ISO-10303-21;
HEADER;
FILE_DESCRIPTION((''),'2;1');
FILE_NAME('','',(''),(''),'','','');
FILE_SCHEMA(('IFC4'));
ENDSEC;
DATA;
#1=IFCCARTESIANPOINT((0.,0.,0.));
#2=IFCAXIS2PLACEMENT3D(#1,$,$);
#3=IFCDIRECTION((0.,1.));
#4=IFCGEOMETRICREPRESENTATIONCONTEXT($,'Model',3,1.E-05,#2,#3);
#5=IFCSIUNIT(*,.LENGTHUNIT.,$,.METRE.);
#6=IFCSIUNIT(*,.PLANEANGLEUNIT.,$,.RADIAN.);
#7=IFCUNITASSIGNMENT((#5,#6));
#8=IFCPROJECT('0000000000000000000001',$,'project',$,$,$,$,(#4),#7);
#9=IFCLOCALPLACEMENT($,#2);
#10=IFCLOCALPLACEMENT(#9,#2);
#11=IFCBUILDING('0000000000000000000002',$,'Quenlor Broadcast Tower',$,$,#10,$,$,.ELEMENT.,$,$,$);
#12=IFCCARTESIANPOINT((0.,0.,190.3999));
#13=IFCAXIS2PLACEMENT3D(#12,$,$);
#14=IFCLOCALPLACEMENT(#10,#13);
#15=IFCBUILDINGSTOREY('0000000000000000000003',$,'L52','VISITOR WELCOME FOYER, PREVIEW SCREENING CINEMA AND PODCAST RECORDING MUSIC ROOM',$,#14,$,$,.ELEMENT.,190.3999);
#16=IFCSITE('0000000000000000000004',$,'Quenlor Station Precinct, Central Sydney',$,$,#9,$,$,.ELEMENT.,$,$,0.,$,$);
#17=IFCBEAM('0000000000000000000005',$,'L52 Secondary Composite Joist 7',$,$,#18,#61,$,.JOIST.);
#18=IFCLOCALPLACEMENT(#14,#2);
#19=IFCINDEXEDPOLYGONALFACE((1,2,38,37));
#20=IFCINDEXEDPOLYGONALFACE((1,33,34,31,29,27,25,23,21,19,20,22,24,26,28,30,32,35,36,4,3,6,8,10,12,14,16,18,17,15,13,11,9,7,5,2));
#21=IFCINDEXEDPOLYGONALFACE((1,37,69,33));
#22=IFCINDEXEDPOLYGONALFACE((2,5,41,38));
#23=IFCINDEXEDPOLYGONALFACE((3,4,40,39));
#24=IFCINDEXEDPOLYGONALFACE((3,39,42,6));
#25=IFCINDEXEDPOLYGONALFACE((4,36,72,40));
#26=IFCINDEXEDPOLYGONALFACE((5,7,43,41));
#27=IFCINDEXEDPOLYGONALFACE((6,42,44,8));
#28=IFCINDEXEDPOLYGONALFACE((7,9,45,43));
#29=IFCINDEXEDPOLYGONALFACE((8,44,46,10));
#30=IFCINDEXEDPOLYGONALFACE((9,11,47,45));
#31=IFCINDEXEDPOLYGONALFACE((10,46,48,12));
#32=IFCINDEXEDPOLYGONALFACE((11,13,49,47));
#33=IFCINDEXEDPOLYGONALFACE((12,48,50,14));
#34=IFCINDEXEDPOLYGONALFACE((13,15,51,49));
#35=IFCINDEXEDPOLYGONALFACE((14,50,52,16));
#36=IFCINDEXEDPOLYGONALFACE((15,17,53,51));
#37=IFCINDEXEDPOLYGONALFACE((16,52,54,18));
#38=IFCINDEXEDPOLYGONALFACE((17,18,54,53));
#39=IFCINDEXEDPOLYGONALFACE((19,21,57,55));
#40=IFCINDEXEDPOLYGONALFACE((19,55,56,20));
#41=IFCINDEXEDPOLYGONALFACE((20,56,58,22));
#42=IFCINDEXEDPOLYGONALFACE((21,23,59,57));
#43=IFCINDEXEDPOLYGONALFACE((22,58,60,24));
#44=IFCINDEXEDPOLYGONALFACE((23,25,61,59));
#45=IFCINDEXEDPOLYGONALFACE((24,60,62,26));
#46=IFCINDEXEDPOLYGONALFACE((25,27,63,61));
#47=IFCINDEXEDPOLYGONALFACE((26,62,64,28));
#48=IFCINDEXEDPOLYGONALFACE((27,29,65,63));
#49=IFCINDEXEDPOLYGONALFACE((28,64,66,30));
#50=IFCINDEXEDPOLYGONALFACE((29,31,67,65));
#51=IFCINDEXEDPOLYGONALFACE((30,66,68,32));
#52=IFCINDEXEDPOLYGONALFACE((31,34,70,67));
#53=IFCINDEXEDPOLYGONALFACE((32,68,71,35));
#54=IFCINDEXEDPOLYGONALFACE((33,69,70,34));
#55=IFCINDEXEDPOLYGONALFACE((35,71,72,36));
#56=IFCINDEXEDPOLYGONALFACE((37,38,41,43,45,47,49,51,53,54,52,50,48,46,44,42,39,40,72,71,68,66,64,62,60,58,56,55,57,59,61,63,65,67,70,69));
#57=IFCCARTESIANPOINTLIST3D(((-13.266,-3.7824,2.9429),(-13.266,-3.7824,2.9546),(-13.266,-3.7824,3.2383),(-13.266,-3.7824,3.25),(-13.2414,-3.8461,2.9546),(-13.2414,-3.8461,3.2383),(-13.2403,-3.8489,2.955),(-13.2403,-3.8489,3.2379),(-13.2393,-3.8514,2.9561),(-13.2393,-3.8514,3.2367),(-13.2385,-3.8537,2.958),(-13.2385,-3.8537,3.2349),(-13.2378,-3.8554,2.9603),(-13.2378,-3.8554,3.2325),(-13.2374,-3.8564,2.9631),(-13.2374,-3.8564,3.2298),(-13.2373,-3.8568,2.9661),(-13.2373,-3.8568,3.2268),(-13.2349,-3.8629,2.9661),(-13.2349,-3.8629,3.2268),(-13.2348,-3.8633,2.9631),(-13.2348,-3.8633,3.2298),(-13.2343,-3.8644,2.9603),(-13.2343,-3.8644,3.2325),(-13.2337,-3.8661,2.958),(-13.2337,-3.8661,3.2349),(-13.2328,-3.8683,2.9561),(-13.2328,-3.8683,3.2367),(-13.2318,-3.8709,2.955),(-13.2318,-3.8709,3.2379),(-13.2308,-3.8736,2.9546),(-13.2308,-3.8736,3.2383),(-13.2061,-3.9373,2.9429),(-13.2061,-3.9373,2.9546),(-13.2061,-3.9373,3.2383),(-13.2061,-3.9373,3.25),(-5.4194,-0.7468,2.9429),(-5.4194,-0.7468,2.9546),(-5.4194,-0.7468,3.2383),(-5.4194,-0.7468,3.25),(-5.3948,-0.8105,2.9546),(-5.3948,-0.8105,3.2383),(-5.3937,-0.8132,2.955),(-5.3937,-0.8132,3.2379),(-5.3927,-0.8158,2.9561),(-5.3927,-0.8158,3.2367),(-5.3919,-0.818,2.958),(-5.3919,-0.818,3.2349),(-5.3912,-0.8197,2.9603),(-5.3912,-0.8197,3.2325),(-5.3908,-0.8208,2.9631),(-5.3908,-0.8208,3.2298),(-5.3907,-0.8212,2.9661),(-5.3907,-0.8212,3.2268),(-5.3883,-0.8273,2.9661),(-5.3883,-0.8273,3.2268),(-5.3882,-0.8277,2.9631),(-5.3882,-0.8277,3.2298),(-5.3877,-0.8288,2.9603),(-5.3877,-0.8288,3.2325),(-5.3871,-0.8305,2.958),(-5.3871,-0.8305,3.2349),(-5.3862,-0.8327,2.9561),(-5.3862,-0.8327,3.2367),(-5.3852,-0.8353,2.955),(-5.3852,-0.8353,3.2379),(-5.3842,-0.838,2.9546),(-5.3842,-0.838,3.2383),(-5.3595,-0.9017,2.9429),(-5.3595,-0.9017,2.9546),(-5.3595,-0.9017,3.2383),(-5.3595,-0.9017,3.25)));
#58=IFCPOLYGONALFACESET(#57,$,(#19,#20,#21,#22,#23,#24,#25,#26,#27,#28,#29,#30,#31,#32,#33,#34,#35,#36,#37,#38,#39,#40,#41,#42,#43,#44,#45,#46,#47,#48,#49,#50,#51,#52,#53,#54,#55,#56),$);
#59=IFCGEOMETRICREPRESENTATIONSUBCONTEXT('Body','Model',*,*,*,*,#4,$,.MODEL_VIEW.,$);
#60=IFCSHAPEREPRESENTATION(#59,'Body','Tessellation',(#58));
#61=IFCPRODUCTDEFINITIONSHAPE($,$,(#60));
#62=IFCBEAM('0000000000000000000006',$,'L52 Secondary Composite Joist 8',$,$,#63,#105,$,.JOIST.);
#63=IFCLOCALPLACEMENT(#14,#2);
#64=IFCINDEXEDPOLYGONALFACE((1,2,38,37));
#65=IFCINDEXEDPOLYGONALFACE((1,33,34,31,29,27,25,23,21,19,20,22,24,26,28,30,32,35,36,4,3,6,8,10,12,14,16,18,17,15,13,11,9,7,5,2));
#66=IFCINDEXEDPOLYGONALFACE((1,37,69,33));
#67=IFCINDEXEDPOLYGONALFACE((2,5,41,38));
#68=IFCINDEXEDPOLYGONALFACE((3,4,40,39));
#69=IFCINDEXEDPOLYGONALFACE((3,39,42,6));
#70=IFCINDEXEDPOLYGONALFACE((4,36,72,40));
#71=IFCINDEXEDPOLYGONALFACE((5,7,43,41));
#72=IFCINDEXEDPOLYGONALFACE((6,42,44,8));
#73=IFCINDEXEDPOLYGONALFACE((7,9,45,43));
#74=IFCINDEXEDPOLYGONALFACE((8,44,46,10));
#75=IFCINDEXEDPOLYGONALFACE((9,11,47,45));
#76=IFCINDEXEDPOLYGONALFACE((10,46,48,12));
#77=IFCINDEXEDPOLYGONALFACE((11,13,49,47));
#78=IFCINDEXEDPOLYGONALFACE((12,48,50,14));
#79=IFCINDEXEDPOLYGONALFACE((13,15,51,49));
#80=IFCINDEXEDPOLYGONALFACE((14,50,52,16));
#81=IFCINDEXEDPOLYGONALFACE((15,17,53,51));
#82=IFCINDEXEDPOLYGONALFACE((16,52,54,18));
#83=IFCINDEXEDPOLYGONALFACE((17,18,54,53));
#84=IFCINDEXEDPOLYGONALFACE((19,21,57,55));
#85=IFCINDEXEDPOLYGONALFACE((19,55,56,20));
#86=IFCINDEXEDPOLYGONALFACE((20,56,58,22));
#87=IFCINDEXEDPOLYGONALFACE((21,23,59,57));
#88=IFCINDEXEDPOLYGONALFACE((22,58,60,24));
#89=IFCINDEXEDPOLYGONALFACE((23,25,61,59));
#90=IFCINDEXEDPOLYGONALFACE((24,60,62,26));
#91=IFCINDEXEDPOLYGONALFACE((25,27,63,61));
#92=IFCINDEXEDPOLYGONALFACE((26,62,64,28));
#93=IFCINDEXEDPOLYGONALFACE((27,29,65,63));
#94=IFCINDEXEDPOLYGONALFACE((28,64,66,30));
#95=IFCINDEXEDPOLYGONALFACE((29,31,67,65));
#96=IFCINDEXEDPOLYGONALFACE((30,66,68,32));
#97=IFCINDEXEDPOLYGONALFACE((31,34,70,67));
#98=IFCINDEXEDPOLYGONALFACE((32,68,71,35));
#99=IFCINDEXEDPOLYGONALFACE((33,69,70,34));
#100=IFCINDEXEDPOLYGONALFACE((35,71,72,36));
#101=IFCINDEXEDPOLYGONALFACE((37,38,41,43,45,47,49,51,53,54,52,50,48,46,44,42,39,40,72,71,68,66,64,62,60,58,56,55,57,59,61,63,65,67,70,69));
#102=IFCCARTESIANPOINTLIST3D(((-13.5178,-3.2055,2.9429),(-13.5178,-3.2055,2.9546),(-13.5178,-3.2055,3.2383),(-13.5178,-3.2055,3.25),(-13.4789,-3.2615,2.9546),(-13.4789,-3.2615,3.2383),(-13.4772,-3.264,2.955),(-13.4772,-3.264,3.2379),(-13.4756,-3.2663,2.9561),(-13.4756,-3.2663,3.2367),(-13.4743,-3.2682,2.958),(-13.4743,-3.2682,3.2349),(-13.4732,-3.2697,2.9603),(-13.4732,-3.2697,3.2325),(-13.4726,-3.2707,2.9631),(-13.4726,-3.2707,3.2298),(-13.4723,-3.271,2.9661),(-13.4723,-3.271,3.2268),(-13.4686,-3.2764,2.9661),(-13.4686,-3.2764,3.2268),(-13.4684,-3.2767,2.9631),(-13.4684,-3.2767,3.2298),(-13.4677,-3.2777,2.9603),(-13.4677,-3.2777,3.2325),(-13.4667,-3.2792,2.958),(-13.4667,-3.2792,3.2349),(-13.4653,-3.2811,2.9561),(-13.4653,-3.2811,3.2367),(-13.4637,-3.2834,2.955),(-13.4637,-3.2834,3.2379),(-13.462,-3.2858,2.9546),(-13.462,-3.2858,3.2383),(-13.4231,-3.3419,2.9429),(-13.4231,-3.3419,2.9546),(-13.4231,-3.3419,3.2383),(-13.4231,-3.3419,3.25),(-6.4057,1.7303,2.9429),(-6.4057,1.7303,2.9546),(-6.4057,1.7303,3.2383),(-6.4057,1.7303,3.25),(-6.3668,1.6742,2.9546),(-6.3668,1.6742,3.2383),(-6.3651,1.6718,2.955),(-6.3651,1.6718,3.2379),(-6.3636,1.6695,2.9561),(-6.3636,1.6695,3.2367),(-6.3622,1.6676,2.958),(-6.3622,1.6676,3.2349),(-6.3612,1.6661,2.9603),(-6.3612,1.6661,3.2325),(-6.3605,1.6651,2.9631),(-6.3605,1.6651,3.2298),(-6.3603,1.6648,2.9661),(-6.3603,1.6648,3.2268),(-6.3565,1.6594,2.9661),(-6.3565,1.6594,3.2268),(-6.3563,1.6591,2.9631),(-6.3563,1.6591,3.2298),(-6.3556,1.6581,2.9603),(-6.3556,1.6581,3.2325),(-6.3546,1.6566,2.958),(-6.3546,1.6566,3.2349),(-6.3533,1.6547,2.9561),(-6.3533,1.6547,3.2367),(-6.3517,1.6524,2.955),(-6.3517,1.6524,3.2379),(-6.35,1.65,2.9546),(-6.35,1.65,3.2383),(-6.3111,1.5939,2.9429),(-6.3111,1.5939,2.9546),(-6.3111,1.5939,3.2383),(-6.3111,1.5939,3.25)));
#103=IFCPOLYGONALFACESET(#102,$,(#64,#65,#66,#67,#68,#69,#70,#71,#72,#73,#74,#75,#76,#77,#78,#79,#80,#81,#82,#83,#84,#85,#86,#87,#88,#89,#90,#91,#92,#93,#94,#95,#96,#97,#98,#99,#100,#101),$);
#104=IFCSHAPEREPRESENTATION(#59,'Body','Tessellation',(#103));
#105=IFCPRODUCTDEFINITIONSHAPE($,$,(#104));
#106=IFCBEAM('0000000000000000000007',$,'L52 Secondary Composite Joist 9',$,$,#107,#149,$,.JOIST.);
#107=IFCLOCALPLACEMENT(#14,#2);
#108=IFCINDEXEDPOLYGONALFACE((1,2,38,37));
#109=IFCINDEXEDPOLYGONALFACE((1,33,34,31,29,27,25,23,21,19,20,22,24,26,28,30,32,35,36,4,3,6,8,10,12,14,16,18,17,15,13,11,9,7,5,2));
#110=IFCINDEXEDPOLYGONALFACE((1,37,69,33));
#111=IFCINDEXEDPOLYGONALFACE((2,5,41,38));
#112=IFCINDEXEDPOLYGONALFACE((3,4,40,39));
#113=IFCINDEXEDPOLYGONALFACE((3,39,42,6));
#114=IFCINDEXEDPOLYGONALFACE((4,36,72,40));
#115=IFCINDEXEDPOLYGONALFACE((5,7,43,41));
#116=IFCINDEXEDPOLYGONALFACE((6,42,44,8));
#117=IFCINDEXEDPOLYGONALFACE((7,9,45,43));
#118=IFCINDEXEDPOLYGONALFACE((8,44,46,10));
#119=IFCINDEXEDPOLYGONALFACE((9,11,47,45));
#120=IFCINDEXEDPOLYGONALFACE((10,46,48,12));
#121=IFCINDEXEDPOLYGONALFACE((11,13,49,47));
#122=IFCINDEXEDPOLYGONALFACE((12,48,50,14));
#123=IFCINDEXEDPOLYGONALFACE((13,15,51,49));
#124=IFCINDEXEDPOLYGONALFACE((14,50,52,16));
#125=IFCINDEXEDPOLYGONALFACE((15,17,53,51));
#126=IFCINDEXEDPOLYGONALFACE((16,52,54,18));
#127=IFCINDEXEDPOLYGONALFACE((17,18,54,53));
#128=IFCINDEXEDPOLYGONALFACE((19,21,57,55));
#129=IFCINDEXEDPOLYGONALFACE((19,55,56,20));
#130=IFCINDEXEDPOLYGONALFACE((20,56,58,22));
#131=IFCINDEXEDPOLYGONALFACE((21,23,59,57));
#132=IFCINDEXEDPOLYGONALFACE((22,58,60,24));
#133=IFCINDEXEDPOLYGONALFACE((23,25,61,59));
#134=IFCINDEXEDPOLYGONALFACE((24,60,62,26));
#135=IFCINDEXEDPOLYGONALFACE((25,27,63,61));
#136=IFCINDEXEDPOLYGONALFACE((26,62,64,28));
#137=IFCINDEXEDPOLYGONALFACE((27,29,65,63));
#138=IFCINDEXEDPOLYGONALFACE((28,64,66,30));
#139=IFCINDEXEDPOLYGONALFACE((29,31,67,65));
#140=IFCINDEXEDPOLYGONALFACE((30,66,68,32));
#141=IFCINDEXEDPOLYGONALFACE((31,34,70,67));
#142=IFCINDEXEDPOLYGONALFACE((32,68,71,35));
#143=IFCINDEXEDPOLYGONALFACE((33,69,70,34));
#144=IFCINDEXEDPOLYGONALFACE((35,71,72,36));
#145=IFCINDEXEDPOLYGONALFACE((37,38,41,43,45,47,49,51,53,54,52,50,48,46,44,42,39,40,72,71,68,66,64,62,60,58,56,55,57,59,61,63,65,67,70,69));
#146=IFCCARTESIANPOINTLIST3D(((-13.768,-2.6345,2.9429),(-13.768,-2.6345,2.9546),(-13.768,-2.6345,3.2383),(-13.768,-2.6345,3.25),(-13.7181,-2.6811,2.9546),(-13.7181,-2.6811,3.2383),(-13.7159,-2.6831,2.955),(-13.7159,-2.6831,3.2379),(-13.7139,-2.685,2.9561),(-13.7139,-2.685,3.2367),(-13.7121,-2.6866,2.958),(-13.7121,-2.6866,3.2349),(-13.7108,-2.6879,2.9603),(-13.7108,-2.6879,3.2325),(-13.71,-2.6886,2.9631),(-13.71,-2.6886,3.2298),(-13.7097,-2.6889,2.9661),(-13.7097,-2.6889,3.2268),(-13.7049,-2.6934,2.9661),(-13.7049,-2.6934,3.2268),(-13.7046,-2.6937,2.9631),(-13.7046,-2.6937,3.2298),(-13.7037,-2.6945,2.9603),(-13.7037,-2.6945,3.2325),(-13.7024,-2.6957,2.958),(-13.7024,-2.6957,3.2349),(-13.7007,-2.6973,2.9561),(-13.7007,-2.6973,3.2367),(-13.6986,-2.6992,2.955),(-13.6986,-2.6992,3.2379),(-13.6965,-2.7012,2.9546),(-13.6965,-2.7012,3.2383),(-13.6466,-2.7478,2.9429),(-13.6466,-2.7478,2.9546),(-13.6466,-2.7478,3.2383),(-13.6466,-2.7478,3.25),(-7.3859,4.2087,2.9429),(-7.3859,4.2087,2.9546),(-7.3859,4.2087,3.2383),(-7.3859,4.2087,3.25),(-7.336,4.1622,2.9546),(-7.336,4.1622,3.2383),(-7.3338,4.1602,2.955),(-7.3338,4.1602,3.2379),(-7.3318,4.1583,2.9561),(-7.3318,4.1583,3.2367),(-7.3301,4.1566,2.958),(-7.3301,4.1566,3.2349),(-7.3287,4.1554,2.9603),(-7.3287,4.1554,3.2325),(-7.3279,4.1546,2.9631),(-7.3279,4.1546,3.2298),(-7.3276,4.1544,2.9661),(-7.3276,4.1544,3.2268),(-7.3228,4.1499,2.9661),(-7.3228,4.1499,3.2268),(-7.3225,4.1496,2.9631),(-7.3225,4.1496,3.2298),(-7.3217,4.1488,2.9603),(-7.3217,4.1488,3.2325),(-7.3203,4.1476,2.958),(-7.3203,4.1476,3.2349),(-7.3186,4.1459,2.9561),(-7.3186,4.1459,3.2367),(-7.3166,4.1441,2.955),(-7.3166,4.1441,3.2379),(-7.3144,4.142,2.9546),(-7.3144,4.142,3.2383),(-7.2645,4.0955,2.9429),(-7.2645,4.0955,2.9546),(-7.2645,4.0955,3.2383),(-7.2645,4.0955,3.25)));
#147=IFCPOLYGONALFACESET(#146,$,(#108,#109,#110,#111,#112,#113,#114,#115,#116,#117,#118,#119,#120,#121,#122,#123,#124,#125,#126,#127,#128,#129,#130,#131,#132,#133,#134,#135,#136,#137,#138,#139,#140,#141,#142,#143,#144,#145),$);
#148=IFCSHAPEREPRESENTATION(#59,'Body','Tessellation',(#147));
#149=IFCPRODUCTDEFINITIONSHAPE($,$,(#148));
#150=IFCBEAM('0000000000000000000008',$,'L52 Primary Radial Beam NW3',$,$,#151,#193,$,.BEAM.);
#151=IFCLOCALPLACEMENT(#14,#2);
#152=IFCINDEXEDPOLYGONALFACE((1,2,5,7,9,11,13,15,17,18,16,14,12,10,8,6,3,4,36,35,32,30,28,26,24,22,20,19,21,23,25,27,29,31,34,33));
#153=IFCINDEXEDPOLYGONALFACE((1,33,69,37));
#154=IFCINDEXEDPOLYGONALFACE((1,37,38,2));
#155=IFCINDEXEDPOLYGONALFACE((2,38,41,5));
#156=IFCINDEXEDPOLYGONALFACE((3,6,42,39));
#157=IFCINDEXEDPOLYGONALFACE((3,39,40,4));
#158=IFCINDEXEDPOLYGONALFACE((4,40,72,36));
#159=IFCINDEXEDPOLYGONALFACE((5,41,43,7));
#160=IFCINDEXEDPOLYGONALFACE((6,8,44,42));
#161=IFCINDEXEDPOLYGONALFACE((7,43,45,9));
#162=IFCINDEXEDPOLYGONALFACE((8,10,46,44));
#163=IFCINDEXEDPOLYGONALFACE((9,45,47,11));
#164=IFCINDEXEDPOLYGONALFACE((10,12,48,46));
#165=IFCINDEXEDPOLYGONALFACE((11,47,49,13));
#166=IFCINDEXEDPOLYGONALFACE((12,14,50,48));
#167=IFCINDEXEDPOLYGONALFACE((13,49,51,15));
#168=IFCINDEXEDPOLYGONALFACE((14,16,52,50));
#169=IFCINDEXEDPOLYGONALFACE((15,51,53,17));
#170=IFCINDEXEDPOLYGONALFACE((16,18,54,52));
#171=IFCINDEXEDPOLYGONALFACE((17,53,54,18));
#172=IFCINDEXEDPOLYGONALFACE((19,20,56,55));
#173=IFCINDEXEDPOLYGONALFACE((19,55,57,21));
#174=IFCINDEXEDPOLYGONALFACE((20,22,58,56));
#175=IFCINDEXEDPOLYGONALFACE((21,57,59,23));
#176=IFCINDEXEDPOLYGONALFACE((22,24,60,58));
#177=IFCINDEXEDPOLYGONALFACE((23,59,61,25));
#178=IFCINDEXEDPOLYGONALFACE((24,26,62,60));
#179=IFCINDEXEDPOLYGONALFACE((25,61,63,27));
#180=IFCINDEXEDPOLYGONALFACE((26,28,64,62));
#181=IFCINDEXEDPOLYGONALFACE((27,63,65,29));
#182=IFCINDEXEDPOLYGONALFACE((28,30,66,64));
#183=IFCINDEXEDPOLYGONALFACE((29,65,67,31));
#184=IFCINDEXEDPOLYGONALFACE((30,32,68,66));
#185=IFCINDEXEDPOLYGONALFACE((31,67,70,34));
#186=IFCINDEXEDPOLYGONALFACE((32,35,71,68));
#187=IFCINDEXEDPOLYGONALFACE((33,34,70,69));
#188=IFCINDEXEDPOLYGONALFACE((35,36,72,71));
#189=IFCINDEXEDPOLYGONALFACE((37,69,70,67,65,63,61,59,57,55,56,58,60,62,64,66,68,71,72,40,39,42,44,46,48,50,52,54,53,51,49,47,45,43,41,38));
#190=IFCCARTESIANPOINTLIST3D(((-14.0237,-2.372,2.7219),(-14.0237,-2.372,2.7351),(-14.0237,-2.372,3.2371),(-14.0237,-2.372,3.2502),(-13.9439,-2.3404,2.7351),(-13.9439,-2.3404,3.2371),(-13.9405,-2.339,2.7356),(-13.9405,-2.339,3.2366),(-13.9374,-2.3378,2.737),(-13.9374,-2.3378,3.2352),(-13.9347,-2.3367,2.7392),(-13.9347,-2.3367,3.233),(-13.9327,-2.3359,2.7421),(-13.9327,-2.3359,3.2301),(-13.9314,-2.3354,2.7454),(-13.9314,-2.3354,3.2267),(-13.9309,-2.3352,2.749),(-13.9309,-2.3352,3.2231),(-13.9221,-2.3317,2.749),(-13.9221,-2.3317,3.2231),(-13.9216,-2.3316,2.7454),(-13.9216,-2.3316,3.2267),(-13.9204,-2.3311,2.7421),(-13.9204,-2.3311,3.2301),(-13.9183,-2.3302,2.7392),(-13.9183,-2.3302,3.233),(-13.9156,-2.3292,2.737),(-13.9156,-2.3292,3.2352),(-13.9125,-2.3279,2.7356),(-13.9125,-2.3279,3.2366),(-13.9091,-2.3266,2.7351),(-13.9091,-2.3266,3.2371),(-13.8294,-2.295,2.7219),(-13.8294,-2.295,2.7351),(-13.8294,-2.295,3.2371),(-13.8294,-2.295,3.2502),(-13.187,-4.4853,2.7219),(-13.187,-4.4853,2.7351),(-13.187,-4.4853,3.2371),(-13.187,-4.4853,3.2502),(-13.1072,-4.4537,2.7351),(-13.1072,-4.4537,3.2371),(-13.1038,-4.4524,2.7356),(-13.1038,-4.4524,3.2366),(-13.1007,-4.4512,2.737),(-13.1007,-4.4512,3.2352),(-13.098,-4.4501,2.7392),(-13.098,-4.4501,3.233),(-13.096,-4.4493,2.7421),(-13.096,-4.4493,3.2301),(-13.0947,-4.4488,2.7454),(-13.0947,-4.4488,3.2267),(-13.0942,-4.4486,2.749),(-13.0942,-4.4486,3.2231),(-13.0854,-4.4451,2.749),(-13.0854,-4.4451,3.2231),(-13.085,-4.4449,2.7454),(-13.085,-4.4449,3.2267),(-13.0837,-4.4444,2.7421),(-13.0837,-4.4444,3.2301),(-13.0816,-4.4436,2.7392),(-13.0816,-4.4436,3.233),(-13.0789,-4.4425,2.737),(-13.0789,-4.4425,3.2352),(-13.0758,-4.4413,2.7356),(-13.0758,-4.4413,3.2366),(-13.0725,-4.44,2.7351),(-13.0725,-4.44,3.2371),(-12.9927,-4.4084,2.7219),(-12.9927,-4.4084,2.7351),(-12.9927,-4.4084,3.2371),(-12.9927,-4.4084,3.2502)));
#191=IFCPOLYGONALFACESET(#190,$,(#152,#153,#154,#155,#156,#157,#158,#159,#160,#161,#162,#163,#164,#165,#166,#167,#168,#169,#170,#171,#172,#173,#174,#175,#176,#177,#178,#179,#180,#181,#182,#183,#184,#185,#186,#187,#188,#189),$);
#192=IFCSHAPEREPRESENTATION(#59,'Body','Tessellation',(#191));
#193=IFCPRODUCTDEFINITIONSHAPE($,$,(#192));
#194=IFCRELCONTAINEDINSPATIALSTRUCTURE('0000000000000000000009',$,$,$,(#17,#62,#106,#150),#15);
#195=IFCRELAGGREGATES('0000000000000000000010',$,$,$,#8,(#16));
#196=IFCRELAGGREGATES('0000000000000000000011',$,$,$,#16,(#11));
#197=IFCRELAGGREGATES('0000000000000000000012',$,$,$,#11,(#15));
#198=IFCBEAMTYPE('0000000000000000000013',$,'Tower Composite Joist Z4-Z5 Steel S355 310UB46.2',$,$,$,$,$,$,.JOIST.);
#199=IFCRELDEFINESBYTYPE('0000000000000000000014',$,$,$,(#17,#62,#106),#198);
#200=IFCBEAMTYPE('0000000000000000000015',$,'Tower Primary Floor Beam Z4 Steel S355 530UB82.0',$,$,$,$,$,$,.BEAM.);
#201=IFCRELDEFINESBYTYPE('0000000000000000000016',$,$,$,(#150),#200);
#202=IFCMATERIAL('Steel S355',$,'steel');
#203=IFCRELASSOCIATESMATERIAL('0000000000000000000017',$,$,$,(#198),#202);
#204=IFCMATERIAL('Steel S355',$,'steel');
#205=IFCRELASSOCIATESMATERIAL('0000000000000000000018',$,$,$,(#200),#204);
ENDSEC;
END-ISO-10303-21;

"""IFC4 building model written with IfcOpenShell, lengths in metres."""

from ifc_helpers import new_model, si_unit, direction, frame, origin, origin_2d, place, context, subcontext, project, spatial, i_section, extrude, material, material_profile, profile_set, type_object, element, save


model = new_model("IFC4")

# Units and contexts
model_context = context("Model", 3, precision=1e-05, world=origin(), true_north=direction((0.0, 1.0)))
body_context = subcontext(model_context, "Body", "Model", "MODEL_VIEW")
ifc_project = project(units=[si_unit("LENGTHUNIT", "METRE"), si_unit("PLANEANGLEUNIT", "RADIAN")], contexts=[model_context])

# Site, building, storey
site_placement = place(None, origin())
site = spatial("IfcSite", under=ifc_project, at=site_placement, Name="Quenlor Station Precinct, Central Sydney", CompositionType="ELEMENT", RefElevation=0.0)
building_placement = place(site_placement, origin())
building = spatial("IfcBuilding", under=site, at=building_placement, Name="Quenlor Broadcast Tower", CompositionType="ELEMENT")
storey_placement = place(building_placement, frame((0.0, 0.0, 190.3999)))
storey = spatial("IfcBuildingStorey", under=building, at=storey_placement, Name="L52", Description="VISITOR WELCOME FOYER, PREVIEW SCREENING CINEMA AND PODCAST RECORDING MUSIC ROOM", CompositionType="ELEMENT", Elevation=190.3999)

# Beams
ifc_material_1 = material(Name="Steel S355", Category="steel")
ifc_material_profile_1 = material_profile(ifc_material_1, i_section(OverallWidth=0.166, OverallDepth=0.3071, WebThickness=0.0066, FlangeThickness=0.0117, FilletRadius=0.0115, at=origin_2d()))
ifc_profile_set_1 = profile_set([ifc_material_profile_1], Name="Steel S355 310UB46.2")
beam_type_1 = type_object("IfcBeamType", Name="Tower Composite Joist Z4-Z5 Steel S355 310UB46.2", PredefinedType="JOIST", material=ifc_profile_set_1)
beam_1_placement = place(storey_placement, frame((-13.2361, -3.8599, 3.0964), z_axis=(0.932639, 0.36081, 0.0), x_axis=(-0.36081, 0.932639, 0.0)))
element("IfcBeam", 1, at=beam_1_placement, inside=storey, type_object=beam_type_1, Name="L52 Secondary Composite Joist 7", PredefinedType="JOIST", context=body_context, shape_type="SweptSolid", body=[
    extrude(i_section(OverallWidth=0.166, OverallDepth=0.3071, WebThickness=0.0066, FlangeThickness=0.0117, FilletRadius=0.0115, at=origin_2d()), origin(), (0.0, 0.0, 1.0), 8.4133),
])
beam_2_placement = place(storey_placement, frame((-13.4705, -3.2737, 3.0964), z_axis=(0.82154, 0.570151, 0.0), x_axis=(-0.570151, 0.82154, 0.0)))
element("IfcBeam", 2, at=beam_2_placement, inside=storey, type_object=beam_type_1, Name="L52 Secondary Composite Joist 8", PredefinedType="JOIST", context=body_context, shape_type="SweptSolid", body=[
    extrude(i_section(OverallWidth=0.166, OverallDepth=0.3071, WebThickness=0.0066, FlangeThickness=0.0117, FilletRadius=0.0115, at=origin_2d()), origin(), (0.0, 0.0, 1.0), 8.657),
])
beam_3_placement = place(storey_placement, frame((-13.7073, -2.6912, 3.0964), z_axis=(0.682035, 0.73132, 0.0), x_axis=(-0.73132, 0.682035, 0.0)))
element("IfcBeam", 3, at=beam_3_placement, inside=storey, type_object=beam_type_1, Name="L52 Secondary Composite Joist 9", PredefinedType="JOIST", context=body_context, shape_type="SweptSolid", body=[
    extrude(i_section(OverallWidth=0.166, OverallDepth=0.3071, WebThickness=0.0066, FlangeThickness=0.0117, FilletRadius=0.0115, at=origin_2d()), origin(), (0.0, 0.0, 1.0), 9.3574),
])
ifc_material_2 = material(Name="Steel S355", Category="steel")
ifc_material_profile_2 = material_profile(ifc_material_2, i_section(OverallWidth=0.209, OverallDepth=0.5283, WebThickness=0.0095, FlangeThickness=0.0132, FilletRadius=0.0139, at=origin_2d()))
ifc_profile_set_2 = profile_set([ifc_material_profile_2], Name="Steel S355 530UB82.0")
beam_type_2 = type_object("IfcBeamType", Name="Tower Primary Floor Beam Z4 Steel S355 530UB82.0", PredefinedType="BEAM", material=ifc_profile_set_2)
beam_4_placement = place(storey_placement, frame((-13.9265, -2.3335, 2.9861), z_axis=(0.36811, -0.929782, 0.0), x_axis=(0.929782, 0.36811, 0.0)))
element("IfcBeam", 4, at=beam_4_placement, inside=storey, type_object=beam_type_2, Name="L52 Primary Radial Beam NW3", PredefinedType="BEAM", context=body_context, shape_type="SweptSolid", body=[
    extrude(i_section(OverallWidth=0.209, OverallDepth=0.5283, WebThickness=0.0095, FlangeThickness=0.0132, FilletRadius=0.0139, at=origin_2d()), origin(), (0.0, 0.0, 1.0), 2.2729),
])

save(model, "model.ifc")
